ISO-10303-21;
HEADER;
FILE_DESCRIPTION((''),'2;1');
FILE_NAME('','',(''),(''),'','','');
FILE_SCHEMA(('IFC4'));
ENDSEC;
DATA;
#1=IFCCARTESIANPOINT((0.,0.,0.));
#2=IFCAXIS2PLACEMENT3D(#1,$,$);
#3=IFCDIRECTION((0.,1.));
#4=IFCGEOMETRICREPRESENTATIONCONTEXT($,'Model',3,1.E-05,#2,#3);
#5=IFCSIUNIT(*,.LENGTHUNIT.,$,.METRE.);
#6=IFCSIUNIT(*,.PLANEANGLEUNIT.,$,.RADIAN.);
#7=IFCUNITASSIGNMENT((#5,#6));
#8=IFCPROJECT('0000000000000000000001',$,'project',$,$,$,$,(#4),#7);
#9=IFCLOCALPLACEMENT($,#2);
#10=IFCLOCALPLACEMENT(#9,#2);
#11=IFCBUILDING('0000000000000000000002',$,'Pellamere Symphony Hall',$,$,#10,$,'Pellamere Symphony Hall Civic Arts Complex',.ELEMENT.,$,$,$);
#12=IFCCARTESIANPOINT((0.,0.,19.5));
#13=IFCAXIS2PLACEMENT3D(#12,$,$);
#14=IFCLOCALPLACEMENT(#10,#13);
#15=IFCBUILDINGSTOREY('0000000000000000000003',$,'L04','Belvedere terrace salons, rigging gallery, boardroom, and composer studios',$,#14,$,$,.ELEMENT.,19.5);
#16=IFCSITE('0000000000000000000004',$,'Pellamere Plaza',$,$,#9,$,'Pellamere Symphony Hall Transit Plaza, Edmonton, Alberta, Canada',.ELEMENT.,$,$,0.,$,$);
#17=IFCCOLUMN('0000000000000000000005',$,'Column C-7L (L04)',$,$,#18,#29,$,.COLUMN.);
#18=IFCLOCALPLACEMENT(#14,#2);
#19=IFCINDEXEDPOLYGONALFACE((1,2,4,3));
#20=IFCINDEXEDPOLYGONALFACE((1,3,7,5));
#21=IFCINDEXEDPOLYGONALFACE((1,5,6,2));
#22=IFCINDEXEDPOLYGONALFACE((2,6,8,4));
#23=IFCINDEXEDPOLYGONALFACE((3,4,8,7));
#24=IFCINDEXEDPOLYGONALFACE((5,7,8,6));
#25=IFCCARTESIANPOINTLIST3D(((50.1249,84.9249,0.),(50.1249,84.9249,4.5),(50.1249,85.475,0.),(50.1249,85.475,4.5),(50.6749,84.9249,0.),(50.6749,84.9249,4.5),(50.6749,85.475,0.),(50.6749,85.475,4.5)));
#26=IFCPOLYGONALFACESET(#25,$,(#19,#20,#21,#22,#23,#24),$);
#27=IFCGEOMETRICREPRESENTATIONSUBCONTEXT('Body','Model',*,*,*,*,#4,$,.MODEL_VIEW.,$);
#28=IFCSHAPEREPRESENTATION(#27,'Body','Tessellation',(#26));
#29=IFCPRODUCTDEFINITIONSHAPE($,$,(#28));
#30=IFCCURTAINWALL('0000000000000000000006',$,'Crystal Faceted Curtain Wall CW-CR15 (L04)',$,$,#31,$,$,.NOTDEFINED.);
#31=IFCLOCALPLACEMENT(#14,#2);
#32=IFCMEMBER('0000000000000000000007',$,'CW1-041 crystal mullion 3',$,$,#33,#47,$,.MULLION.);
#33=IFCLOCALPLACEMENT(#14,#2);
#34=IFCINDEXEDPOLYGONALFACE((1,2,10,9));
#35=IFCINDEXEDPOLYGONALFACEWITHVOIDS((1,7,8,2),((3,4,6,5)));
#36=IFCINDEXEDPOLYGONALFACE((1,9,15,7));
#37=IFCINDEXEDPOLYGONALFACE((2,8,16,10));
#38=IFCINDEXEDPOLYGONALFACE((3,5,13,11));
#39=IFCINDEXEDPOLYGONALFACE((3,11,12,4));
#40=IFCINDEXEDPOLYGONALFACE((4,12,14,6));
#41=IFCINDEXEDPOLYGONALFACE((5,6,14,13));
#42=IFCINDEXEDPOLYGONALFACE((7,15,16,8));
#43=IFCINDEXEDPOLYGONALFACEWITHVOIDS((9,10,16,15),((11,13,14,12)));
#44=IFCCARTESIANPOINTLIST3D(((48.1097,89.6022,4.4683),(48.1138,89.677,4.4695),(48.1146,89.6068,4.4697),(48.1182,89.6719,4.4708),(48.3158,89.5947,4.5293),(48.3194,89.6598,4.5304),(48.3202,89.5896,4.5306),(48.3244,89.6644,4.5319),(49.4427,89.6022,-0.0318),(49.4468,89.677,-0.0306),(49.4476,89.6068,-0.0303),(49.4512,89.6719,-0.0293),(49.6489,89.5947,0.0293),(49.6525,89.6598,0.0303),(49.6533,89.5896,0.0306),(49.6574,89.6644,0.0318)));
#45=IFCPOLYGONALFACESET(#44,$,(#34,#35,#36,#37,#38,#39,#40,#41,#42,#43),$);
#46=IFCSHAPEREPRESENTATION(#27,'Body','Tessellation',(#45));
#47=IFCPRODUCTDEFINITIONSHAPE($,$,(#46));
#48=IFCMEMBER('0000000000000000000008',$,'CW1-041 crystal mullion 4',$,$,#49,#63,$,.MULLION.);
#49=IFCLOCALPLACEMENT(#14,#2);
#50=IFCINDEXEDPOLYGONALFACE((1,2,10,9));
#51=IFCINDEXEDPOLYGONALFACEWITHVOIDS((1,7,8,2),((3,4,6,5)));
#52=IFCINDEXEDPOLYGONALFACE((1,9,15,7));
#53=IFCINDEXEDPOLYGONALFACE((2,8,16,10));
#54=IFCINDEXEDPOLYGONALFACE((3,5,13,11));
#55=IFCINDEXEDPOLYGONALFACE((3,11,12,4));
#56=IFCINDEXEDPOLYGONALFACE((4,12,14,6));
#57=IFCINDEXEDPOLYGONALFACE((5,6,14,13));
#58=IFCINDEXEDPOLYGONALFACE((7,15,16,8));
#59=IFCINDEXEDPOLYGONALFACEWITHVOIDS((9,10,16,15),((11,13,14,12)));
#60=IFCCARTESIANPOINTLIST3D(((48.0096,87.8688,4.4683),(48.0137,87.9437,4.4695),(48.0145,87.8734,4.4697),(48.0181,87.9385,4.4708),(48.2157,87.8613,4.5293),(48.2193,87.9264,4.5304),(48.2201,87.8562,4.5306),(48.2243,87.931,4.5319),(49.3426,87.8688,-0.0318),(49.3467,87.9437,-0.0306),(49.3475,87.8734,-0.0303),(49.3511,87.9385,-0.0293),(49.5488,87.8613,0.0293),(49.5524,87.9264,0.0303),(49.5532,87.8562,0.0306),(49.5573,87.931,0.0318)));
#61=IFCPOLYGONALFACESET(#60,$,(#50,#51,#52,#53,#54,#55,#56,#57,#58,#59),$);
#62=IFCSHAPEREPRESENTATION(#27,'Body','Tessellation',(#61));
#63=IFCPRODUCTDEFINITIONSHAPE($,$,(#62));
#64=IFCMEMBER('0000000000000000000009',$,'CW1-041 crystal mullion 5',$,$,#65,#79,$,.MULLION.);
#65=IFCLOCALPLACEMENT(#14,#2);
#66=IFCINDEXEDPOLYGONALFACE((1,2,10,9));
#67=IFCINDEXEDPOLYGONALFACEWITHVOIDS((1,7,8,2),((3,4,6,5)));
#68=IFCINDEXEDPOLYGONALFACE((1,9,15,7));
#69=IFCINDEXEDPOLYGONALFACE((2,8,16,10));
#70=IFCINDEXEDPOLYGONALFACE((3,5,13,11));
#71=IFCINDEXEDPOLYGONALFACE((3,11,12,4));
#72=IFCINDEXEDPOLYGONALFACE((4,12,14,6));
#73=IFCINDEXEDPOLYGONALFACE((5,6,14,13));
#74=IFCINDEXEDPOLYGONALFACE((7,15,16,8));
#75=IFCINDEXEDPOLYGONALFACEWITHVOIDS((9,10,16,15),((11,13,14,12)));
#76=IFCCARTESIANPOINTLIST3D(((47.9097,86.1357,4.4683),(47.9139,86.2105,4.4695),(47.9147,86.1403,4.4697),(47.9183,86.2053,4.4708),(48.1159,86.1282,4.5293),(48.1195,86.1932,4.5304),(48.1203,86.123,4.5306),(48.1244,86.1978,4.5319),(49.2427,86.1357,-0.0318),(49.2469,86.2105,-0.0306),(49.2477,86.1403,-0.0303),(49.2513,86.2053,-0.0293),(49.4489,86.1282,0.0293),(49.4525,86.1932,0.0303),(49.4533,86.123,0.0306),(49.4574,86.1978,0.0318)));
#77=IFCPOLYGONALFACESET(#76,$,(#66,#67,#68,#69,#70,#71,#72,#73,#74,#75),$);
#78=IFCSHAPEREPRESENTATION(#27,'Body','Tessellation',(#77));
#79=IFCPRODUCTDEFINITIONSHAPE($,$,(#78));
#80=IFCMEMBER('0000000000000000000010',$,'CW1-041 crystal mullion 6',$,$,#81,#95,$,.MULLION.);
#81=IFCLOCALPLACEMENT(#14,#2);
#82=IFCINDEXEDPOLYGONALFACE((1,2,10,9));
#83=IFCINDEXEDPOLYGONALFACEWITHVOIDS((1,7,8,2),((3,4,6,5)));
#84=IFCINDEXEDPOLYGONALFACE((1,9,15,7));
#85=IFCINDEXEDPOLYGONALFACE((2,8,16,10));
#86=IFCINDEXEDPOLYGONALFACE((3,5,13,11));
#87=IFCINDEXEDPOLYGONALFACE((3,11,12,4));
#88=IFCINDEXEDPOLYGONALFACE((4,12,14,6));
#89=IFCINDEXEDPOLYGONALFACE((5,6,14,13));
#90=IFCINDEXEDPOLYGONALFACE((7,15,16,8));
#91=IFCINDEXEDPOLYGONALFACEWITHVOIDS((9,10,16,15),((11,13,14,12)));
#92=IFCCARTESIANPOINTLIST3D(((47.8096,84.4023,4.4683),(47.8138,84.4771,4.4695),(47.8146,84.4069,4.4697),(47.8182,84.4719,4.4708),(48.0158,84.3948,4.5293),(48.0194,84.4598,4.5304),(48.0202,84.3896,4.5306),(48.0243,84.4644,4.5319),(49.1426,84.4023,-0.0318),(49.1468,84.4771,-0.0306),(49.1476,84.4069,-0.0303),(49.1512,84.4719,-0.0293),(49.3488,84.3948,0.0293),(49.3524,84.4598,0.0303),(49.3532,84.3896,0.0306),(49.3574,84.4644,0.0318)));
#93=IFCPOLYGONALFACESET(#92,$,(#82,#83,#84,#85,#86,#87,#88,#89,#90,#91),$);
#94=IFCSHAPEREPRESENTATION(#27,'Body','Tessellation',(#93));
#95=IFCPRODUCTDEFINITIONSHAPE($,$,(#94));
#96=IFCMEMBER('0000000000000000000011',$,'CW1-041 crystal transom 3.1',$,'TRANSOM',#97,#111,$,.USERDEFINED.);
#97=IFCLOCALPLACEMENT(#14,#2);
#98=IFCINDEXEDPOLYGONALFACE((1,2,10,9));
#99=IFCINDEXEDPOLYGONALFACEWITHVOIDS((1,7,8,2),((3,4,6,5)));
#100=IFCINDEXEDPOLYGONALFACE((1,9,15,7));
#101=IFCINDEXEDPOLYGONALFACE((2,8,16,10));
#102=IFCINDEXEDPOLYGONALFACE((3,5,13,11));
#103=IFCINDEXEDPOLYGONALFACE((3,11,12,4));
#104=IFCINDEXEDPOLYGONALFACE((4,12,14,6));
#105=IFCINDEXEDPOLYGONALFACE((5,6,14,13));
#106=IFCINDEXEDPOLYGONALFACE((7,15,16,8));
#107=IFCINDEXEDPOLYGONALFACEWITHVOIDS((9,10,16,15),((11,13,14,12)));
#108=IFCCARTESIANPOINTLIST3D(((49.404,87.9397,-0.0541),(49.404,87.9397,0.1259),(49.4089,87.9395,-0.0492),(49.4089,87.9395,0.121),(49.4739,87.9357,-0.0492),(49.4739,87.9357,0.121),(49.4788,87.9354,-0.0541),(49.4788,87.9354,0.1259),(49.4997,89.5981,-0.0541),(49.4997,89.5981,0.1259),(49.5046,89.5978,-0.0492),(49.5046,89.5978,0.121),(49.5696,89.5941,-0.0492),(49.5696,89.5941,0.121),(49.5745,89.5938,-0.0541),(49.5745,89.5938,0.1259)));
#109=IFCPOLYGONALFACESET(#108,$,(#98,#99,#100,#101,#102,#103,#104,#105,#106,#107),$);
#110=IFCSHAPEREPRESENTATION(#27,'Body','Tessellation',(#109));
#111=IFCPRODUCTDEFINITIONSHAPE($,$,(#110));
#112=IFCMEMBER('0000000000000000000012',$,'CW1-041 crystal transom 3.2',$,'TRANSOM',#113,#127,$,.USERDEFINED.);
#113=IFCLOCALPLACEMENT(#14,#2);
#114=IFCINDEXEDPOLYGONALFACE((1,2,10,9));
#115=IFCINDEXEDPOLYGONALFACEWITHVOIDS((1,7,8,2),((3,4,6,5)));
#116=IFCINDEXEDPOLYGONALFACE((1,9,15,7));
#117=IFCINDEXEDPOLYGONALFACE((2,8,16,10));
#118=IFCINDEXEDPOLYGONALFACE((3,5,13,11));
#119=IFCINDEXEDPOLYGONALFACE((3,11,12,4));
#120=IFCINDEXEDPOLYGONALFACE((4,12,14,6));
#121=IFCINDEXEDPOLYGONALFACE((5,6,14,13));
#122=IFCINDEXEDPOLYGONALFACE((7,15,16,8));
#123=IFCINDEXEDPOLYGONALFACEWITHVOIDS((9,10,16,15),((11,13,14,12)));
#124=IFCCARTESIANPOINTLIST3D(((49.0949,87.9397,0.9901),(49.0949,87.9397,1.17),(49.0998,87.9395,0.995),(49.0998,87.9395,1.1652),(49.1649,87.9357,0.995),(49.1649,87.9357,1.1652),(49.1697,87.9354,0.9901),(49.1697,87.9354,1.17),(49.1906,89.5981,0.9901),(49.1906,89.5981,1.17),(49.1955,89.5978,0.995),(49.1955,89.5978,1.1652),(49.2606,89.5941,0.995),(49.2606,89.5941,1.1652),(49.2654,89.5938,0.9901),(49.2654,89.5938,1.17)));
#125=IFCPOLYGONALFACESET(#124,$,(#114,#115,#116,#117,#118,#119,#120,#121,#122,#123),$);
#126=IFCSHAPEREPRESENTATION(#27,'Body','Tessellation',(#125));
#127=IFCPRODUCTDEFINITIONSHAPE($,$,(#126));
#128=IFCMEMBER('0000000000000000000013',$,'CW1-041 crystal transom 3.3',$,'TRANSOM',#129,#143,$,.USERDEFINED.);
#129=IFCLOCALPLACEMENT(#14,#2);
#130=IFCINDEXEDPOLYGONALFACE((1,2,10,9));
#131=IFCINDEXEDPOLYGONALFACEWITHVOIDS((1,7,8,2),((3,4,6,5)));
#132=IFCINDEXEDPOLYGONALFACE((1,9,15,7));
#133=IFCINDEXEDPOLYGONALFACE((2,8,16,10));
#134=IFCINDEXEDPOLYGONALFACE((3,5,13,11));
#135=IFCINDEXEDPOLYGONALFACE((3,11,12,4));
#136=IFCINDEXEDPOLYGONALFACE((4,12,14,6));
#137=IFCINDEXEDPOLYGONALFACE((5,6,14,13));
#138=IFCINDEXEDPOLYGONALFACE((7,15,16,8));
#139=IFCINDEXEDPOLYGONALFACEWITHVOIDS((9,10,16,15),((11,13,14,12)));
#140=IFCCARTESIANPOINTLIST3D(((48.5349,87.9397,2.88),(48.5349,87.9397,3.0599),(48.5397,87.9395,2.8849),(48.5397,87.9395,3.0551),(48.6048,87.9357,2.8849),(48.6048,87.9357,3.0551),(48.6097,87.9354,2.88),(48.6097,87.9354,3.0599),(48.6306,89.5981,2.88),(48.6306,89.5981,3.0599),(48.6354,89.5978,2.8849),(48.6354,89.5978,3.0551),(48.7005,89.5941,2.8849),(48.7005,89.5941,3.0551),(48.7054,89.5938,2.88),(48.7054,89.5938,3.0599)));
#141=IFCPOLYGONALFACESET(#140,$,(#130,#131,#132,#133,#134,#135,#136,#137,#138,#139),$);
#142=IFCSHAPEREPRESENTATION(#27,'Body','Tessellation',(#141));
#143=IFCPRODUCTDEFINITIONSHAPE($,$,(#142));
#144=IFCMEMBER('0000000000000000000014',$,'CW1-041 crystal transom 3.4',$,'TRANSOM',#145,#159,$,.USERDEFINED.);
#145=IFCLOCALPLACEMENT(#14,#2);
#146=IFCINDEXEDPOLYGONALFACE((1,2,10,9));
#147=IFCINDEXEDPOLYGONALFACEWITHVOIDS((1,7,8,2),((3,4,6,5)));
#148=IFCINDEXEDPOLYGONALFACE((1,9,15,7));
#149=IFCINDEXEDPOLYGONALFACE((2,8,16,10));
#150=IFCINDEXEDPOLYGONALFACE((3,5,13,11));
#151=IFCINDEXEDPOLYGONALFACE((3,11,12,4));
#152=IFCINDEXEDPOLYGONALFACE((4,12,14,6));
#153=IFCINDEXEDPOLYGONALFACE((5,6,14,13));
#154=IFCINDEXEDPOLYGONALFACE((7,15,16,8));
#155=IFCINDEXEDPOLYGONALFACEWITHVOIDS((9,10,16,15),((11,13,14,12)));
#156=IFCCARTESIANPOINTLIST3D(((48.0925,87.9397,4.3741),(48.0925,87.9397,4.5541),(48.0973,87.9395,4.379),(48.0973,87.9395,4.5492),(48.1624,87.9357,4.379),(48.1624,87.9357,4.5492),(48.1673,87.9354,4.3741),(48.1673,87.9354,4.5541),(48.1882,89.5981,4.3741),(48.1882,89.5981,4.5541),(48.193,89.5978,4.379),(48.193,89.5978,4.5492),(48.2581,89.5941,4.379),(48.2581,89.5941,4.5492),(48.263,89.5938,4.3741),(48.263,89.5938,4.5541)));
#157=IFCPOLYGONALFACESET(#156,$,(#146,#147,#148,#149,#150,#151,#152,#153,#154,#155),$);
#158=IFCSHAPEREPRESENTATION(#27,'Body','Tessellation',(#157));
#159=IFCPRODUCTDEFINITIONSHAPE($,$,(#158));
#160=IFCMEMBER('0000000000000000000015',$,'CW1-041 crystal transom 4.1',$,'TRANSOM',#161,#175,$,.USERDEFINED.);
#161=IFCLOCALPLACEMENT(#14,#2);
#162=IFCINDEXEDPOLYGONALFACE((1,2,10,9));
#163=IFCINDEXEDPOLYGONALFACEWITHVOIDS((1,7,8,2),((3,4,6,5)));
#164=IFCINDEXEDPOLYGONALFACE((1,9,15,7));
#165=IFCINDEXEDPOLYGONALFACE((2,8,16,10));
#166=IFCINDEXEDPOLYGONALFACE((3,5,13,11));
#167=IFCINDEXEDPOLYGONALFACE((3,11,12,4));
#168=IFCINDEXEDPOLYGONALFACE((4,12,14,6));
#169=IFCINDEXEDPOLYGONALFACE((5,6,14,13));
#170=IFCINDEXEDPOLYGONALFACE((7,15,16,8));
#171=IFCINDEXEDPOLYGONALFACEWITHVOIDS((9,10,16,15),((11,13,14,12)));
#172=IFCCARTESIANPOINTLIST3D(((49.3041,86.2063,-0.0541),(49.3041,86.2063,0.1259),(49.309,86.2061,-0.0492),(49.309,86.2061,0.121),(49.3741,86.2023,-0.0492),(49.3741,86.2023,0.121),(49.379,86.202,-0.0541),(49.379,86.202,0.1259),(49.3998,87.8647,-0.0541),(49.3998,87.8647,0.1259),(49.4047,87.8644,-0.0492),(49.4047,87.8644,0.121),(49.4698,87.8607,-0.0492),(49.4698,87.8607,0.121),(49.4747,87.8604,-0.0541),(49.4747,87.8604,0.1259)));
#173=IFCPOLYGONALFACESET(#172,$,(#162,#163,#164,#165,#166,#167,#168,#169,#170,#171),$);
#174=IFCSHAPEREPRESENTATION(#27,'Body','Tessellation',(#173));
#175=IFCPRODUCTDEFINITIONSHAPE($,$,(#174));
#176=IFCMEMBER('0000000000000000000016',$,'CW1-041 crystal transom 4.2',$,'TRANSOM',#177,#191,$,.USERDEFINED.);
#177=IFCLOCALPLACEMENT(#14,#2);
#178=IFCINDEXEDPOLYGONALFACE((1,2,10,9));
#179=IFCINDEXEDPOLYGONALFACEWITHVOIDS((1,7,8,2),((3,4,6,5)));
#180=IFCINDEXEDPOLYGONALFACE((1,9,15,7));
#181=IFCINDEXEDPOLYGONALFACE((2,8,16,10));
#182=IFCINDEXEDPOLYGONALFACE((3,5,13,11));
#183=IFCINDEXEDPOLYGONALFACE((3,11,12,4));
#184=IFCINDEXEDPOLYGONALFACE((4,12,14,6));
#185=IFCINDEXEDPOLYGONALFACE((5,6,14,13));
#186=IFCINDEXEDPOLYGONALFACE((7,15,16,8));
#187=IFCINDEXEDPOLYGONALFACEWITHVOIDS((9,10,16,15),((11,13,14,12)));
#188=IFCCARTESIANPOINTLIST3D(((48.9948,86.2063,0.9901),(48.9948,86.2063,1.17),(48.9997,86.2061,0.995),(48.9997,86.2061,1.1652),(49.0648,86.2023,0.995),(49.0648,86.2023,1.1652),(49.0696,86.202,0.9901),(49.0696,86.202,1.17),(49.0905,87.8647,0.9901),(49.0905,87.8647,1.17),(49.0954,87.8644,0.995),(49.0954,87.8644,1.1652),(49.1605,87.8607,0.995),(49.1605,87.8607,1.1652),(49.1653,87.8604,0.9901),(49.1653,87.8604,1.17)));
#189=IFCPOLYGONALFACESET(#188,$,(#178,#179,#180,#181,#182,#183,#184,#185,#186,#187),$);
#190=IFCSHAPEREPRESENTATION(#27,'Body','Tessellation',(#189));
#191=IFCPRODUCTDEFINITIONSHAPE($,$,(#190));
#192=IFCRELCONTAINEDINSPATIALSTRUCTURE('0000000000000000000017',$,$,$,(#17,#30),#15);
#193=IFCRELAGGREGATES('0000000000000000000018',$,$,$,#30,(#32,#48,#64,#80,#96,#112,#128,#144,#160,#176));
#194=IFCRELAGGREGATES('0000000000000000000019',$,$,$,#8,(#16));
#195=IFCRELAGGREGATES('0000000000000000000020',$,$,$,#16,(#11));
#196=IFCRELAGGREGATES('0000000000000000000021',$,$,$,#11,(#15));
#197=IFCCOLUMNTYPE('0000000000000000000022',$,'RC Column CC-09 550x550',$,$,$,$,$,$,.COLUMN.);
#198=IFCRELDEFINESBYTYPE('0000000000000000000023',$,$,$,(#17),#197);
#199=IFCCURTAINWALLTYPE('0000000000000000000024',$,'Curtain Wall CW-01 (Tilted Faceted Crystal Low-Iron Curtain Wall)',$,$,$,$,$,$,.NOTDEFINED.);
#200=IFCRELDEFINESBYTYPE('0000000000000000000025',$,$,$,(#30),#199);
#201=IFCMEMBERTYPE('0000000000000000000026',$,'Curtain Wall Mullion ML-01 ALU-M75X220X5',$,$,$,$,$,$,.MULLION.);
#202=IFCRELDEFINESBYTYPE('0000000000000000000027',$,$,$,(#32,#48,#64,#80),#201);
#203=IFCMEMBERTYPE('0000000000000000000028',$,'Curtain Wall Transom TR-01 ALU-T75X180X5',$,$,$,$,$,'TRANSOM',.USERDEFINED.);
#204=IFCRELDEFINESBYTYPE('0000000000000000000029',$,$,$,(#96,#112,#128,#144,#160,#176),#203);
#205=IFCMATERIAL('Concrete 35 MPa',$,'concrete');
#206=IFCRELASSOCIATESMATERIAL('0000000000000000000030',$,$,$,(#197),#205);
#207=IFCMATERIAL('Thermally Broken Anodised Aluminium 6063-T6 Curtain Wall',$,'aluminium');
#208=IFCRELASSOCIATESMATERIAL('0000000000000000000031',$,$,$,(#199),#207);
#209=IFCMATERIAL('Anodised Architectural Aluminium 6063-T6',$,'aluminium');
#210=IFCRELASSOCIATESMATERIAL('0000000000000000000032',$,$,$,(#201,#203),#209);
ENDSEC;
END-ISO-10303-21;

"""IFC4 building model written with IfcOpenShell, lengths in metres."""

from ifc_helpers import new_model, si_unit, direction, frame, origin, origin_2d, place, context, subcontext, project, spatial, rectangle, hollow_rectangle, extrude, material, material_profile, profile_set, type_object, element, aggregate, save


model = new_model("IFC4")

# Units and contexts
model_context = context("Model", 3, precision=1e-05, world=origin(), true_north=direction((0.0, 1.0)))
body_context = subcontext(model_context, "Body", "Model", "MODEL_VIEW")
ifc_project = project(units=[si_unit("LENGTHUNIT", "METRE"), si_unit("PLANEANGLEUNIT", "RADIAN")], contexts=[model_context])

# Site, building, storey
site_placement = place(None, origin())
site = spatial("IfcSite", under=ifc_project, at=site_placement, Name="Pellamere Plaza", LongName="Pellamere Symphony Hall Transit Plaza, Edmonton, Alberta, Canada", CompositionType="ELEMENT", RefElevation=0.0)
building_placement = place(site_placement, origin())
building = spatial("IfcBuilding", under=site, at=building_placement, Name="Pellamere Symphony Hall", LongName="Pellamere Symphony Hall Civic Arts Complex", CompositionType="ELEMENT")
storey_placement = place(building_placement, frame((0.0, 0.0, 19.5)))
storey = spatial("IfcBuildingStorey", under=building, at=storey_placement, Name="L04", Description="Belvedere terrace salons, rigging gallery, boardroom, and composer studios", CompositionType="ELEMENT", Elevation=19.5)

# Column
ifc_material_1 = material(Name="Concrete 35 MPa", Category="concrete")
ifc_material_profile_1 = material_profile(ifc_material_1, rectangle(XDim=0.55, YDim=0.55, at=origin_2d()), Name="RC 550x550")
ifc_profile_set_1 = profile_set([ifc_material_profile_1], Name="Concrete 35 MPa")
column_type = type_object("IfcColumnType", Name="RC Column CC-09 550x550", PredefinedType="COLUMN", material=ifc_profile_set_1)
column_placement = place(storey_placement, frame((50.3999, 85.2, 0.0), z_axis=(0.0, 0.0, 1.0), x_axis=(1.0, 0.0, 0.0)))
element("IfcColumn", 1, at=column_placement, inside=storey, type_object=column_type, Name="Column C-7L (L04)", PredefinedType="COLUMN", context=body_context, shape_type="SweptSolid", body=[
    extrude(rectangle(XDim=0.55, YDim=0.55, at=origin_2d()), origin(), (0.0, 0.0, 1.0), 4.5),
])

# Curtain wall, members
ifc_material_2 = material(Name="Thermally Broken Anodised Aluminium 6063-T6 Curtain Wall", Category="aluminium")
curtain_wall_type = type_object("IfcCurtainWallType", Name="Curtain Wall CW-01 (Tilted Faceted Crystal Low-Iron Curtain Wall)", PredefinedType="NOTDEFINED", material=ifc_material_2)
curtain_wall_placement = place(storey_placement, origin())
curtain_wall = element("IfcCurtainWall", 2, at=curtain_wall_placement, inside=storey, type_object=curtain_wall_type, Name="Crystal Faceted Curtain Wall CW-CR15 (L04)", PredefinedType="NOTDEFINED")
ifc_material_3 = material(Name="Anodised Architectural Aluminium 6063-T6", Category="aluminium")
ifc_material_profile_2 = material_profile(ifc_material_3, hollow_rectangle(XDim=0.075, YDim=0.22, WallThickness=0.0049, at=origin_2d()), Name="ALU-M75X220X5")
ifc_profile_set_2 = profile_set([ifc_material_profile_2], Name="Anodised Architectural Aluminium 6063-T6")
member_type_1 = type_object("IfcMemberType", Name="Curtain Wall Mullion ML-01 ALU-M75X220X5", PredefinedType="MULLION", material=ifc_profile_set_2)
member_1_placement = place(storey_placement, frame((49.55, 89.6333, 0.0), z_axis=(-0.284025, 0.0, 0.958817), x_axis=(-0.055225, -0.99834, -0.016359)))
member_1 = element("IfcMember", 3, at=member_1_placement, type_object=member_type_1, Name="CW1-041 crystal mullion 3", PredefinedType="MULLION", context=body_context, shape_type="SweptSolid", body=[
    extrude(hollow_rectangle(XDim=0.075, YDim=0.22, WallThickness=0.0049, at=origin_2d()), origin(), (0.0, 0.0, 1.0), 4.6934),
])
member_2_placement = place(storey_placement, frame((49.45, 87.8999, 0.0), z_axis=(-0.284025, 0.0, 0.958817), x_axis=(-0.055225, -0.99834, -0.016359)))
member_2 = element("IfcMember", 4, at=member_2_placement, type_object=member_type_1, Name="CW1-041 crystal mullion 4", PredefinedType="MULLION", context=body_context, shape_type="SweptSolid", body=[
    extrude(hollow_rectangle(XDim=0.075, YDim=0.22, WallThickness=0.0049, at=origin_2d()), origin(), (0.0, 0.0, 1.0), 4.6934),
])
member_3_placement = place(storey_placement, frame((49.3501, 86.1667, 0.0), z_axis=(-0.284025, 0.0, 0.958817), x_axis=(-0.055225, -0.99834, -0.016359)))
member_3 = element("IfcMember", 5, at=member_3_placement, type_object=member_type_1, Name="CW1-041 crystal mullion 5", PredefinedType="MULLION", context=body_context, shape_type="SweptSolid", body=[
    extrude(hollow_rectangle(XDim=0.075, YDim=0.22, WallThickness=0.0049, at=origin_2d()), origin(), (0.0, 0.0, 1.0), 4.6934),
])
member_4_placement = place(storey_placement, frame((49.25, 84.4333, 0.0), z_axis=(-0.284025, 0.0, 0.958817), x_axis=(-0.055225, -0.99834, -0.016359)))
member_4 = element("IfcMember", 6, at=member_4_placement, type_object=member_type_1, Name="CW1-041 crystal mullion 6", PredefinedType="MULLION", context=body_context, shape_type="SweptSolid", body=[
    extrude(hollow_rectangle(XDim=0.075, YDim=0.22, WallThickness=0.0049, at=origin_2d()), origin(), (0.0, 0.0, 1.0), 4.6934),
])
ifc_material_profile_3 = material_profile(ifc_material_3, hollow_rectangle(XDim=0.075, YDim=0.1799, WallThickness=0.0049, at=origin_2d()), Name="ALU-T75X180X5")
ifc_profile_set_3 = profile_set([ifc_material_profile_3], Name="Anodised Architectural Aluminium 6063-T6")
member_type_2 = type_object("IfcMemberType", Name="Curtain Wall Transom TR-01 ALU-T75X180X5", ElementType="TRANSOM", PredefinedType="USERDEFINED", material=ifc_profile_set_3)
member_5_placement = place(storey_placement, frame((49.5371, 89.5959, 0.0359), z_axis=(-0.057611, -0.998339, 0.0), x_axis=(0.998339, -0.057611, 0.0)))
member_5 = element("IfcMember", 7, at=member_5_placement, type_object=member_type_2, Name="CW1-041 crystal transom 3.1", ObjectType="TRANSOM", PredefinedType="USERDEFINED", context=body_context, shape_type="SweptSolid", body=[
    extrude(hollow_rectangle(XDim=0.075, YDim=0.1799, WallThickness=0.0049, at=origin_2d()), origin(), (0.0, 0.0, 1.0), 1.6611),
])
member_6_placement = place(storey_placement, frame((49.228, 89.5959, 1.0801), z_axis=(-0.057611, -0.998339, 0.0), x_axis=(0.998339, -0.057611, 0.0)))
member_6 = element("IfcMember", 8, at=member_6_placement, type_object=member_type_2, Name="CW1-041 crystal transom 3.2", ObjectType="TRANSOM", PredefinedType="USERDEFINED", context=body_context, shape_type="SweptSolid", body=[
    extrude(hollow_rectangle(XDim=0.075, YDim=0.1799, WallThickness=0.0049, at=origin_2d()), origin(), (0.0, 0.0, 1.0), 1.6611),
])
member_7_placement = place(storey_placement, frame((48.668, 89.5959, 2.97), z_axis=(-0.057611, -0.998339, 0.0), x_axis=(0.998339, -0.057611, 0.0)))
member_7 = element("IfcMember", 9, at=member_7_placement, type_object=member_type_2, Name="CW1-041 crystal transom 3.3", ObjectType="TRANSOM", PredefinedType="USERDEFINED", context=body_context, shape_type="SweptSolid", body=[
    extrude(hollow_rectangle(XDim=0.075, YDim=0.1799, WallThickness=0.0049, at=origin_2d()), origin(), (0.0, 0.0, 1.0), 1.6611),
])
member_8_placement = place(storey_placement, frame((48.2256, 89.5959, 4.4641), z_axis=(-0.057611, -0.998339, 0.0), x_axis=(0.998339, -0.057611, 0.0)))
member_8 = element("IfcMember", 10, at=member_8_placement, type_object=member_type_2, Name="CW1-041 crystal transom 3.4", ObjectType="TRANSOM", PredefinedType="USERDEFINED", context=body_context, shape_type="SweptSolid", body=[
    extrude(hollow_rectangle(XDim=0.075, YDim=0.1799, WallThickness=0.0049, at=origin_2d()), origin(), (0.0, 0.0, 1.0), 1.6611),
])
member_9_placement = place(storey_placement, frame((49.4373, 87.8625, 0.0359), z_axis=(-0.057611, -0.998339, 0.0), x_axis=(0.998339, -0.057611, 0.0)))
member_9 = element("IfcMember", 11, at=member_9_placement, type_object=member_type_2, Name="CW1-041 crystal transom 4.1", ObjectType="TRANSOM", PredefinedType="USERDEFINED", context=body_context, shape_type="SweptSolid", body=[
    extrude(hollow_rectangle(XDim=0.075, YDim=0.1799, WallThickness=0.0049, at=origin_2d()), origin(), (0.0, 0.0, 1.0), 1.6611),
])
member_10_placement = place(storey_placement, frame((49.1279, 87.8625, 1.0801), z_axis=(-0.057611, -0.998339, 0.0), x_axis=(0.998339, -0.057611, 0.0)))
member_10 = element("IfcMember", 12, at=member_10_placement, type_object=member_type_2, Name="CW1-041 crystal transom 4.2", ObjectType="TRANSOM", PredefinedType="USERDEFINED", context=body_context, shape_type="SweptSolid", body=[
    extrude(hollow_rectangle(XDim=0.075, YDim=0.1799, WallThickness=0.0049, at=origin_2d()), origin(), (0.0, 0.0, 1.0), 1.6611),
])

aggregate(curtain_wall, [member_1, member_2, member_3, member_4, member_5, member_6, member_7, member_8, member_9, member_10])

save(model, "model.ifc")
